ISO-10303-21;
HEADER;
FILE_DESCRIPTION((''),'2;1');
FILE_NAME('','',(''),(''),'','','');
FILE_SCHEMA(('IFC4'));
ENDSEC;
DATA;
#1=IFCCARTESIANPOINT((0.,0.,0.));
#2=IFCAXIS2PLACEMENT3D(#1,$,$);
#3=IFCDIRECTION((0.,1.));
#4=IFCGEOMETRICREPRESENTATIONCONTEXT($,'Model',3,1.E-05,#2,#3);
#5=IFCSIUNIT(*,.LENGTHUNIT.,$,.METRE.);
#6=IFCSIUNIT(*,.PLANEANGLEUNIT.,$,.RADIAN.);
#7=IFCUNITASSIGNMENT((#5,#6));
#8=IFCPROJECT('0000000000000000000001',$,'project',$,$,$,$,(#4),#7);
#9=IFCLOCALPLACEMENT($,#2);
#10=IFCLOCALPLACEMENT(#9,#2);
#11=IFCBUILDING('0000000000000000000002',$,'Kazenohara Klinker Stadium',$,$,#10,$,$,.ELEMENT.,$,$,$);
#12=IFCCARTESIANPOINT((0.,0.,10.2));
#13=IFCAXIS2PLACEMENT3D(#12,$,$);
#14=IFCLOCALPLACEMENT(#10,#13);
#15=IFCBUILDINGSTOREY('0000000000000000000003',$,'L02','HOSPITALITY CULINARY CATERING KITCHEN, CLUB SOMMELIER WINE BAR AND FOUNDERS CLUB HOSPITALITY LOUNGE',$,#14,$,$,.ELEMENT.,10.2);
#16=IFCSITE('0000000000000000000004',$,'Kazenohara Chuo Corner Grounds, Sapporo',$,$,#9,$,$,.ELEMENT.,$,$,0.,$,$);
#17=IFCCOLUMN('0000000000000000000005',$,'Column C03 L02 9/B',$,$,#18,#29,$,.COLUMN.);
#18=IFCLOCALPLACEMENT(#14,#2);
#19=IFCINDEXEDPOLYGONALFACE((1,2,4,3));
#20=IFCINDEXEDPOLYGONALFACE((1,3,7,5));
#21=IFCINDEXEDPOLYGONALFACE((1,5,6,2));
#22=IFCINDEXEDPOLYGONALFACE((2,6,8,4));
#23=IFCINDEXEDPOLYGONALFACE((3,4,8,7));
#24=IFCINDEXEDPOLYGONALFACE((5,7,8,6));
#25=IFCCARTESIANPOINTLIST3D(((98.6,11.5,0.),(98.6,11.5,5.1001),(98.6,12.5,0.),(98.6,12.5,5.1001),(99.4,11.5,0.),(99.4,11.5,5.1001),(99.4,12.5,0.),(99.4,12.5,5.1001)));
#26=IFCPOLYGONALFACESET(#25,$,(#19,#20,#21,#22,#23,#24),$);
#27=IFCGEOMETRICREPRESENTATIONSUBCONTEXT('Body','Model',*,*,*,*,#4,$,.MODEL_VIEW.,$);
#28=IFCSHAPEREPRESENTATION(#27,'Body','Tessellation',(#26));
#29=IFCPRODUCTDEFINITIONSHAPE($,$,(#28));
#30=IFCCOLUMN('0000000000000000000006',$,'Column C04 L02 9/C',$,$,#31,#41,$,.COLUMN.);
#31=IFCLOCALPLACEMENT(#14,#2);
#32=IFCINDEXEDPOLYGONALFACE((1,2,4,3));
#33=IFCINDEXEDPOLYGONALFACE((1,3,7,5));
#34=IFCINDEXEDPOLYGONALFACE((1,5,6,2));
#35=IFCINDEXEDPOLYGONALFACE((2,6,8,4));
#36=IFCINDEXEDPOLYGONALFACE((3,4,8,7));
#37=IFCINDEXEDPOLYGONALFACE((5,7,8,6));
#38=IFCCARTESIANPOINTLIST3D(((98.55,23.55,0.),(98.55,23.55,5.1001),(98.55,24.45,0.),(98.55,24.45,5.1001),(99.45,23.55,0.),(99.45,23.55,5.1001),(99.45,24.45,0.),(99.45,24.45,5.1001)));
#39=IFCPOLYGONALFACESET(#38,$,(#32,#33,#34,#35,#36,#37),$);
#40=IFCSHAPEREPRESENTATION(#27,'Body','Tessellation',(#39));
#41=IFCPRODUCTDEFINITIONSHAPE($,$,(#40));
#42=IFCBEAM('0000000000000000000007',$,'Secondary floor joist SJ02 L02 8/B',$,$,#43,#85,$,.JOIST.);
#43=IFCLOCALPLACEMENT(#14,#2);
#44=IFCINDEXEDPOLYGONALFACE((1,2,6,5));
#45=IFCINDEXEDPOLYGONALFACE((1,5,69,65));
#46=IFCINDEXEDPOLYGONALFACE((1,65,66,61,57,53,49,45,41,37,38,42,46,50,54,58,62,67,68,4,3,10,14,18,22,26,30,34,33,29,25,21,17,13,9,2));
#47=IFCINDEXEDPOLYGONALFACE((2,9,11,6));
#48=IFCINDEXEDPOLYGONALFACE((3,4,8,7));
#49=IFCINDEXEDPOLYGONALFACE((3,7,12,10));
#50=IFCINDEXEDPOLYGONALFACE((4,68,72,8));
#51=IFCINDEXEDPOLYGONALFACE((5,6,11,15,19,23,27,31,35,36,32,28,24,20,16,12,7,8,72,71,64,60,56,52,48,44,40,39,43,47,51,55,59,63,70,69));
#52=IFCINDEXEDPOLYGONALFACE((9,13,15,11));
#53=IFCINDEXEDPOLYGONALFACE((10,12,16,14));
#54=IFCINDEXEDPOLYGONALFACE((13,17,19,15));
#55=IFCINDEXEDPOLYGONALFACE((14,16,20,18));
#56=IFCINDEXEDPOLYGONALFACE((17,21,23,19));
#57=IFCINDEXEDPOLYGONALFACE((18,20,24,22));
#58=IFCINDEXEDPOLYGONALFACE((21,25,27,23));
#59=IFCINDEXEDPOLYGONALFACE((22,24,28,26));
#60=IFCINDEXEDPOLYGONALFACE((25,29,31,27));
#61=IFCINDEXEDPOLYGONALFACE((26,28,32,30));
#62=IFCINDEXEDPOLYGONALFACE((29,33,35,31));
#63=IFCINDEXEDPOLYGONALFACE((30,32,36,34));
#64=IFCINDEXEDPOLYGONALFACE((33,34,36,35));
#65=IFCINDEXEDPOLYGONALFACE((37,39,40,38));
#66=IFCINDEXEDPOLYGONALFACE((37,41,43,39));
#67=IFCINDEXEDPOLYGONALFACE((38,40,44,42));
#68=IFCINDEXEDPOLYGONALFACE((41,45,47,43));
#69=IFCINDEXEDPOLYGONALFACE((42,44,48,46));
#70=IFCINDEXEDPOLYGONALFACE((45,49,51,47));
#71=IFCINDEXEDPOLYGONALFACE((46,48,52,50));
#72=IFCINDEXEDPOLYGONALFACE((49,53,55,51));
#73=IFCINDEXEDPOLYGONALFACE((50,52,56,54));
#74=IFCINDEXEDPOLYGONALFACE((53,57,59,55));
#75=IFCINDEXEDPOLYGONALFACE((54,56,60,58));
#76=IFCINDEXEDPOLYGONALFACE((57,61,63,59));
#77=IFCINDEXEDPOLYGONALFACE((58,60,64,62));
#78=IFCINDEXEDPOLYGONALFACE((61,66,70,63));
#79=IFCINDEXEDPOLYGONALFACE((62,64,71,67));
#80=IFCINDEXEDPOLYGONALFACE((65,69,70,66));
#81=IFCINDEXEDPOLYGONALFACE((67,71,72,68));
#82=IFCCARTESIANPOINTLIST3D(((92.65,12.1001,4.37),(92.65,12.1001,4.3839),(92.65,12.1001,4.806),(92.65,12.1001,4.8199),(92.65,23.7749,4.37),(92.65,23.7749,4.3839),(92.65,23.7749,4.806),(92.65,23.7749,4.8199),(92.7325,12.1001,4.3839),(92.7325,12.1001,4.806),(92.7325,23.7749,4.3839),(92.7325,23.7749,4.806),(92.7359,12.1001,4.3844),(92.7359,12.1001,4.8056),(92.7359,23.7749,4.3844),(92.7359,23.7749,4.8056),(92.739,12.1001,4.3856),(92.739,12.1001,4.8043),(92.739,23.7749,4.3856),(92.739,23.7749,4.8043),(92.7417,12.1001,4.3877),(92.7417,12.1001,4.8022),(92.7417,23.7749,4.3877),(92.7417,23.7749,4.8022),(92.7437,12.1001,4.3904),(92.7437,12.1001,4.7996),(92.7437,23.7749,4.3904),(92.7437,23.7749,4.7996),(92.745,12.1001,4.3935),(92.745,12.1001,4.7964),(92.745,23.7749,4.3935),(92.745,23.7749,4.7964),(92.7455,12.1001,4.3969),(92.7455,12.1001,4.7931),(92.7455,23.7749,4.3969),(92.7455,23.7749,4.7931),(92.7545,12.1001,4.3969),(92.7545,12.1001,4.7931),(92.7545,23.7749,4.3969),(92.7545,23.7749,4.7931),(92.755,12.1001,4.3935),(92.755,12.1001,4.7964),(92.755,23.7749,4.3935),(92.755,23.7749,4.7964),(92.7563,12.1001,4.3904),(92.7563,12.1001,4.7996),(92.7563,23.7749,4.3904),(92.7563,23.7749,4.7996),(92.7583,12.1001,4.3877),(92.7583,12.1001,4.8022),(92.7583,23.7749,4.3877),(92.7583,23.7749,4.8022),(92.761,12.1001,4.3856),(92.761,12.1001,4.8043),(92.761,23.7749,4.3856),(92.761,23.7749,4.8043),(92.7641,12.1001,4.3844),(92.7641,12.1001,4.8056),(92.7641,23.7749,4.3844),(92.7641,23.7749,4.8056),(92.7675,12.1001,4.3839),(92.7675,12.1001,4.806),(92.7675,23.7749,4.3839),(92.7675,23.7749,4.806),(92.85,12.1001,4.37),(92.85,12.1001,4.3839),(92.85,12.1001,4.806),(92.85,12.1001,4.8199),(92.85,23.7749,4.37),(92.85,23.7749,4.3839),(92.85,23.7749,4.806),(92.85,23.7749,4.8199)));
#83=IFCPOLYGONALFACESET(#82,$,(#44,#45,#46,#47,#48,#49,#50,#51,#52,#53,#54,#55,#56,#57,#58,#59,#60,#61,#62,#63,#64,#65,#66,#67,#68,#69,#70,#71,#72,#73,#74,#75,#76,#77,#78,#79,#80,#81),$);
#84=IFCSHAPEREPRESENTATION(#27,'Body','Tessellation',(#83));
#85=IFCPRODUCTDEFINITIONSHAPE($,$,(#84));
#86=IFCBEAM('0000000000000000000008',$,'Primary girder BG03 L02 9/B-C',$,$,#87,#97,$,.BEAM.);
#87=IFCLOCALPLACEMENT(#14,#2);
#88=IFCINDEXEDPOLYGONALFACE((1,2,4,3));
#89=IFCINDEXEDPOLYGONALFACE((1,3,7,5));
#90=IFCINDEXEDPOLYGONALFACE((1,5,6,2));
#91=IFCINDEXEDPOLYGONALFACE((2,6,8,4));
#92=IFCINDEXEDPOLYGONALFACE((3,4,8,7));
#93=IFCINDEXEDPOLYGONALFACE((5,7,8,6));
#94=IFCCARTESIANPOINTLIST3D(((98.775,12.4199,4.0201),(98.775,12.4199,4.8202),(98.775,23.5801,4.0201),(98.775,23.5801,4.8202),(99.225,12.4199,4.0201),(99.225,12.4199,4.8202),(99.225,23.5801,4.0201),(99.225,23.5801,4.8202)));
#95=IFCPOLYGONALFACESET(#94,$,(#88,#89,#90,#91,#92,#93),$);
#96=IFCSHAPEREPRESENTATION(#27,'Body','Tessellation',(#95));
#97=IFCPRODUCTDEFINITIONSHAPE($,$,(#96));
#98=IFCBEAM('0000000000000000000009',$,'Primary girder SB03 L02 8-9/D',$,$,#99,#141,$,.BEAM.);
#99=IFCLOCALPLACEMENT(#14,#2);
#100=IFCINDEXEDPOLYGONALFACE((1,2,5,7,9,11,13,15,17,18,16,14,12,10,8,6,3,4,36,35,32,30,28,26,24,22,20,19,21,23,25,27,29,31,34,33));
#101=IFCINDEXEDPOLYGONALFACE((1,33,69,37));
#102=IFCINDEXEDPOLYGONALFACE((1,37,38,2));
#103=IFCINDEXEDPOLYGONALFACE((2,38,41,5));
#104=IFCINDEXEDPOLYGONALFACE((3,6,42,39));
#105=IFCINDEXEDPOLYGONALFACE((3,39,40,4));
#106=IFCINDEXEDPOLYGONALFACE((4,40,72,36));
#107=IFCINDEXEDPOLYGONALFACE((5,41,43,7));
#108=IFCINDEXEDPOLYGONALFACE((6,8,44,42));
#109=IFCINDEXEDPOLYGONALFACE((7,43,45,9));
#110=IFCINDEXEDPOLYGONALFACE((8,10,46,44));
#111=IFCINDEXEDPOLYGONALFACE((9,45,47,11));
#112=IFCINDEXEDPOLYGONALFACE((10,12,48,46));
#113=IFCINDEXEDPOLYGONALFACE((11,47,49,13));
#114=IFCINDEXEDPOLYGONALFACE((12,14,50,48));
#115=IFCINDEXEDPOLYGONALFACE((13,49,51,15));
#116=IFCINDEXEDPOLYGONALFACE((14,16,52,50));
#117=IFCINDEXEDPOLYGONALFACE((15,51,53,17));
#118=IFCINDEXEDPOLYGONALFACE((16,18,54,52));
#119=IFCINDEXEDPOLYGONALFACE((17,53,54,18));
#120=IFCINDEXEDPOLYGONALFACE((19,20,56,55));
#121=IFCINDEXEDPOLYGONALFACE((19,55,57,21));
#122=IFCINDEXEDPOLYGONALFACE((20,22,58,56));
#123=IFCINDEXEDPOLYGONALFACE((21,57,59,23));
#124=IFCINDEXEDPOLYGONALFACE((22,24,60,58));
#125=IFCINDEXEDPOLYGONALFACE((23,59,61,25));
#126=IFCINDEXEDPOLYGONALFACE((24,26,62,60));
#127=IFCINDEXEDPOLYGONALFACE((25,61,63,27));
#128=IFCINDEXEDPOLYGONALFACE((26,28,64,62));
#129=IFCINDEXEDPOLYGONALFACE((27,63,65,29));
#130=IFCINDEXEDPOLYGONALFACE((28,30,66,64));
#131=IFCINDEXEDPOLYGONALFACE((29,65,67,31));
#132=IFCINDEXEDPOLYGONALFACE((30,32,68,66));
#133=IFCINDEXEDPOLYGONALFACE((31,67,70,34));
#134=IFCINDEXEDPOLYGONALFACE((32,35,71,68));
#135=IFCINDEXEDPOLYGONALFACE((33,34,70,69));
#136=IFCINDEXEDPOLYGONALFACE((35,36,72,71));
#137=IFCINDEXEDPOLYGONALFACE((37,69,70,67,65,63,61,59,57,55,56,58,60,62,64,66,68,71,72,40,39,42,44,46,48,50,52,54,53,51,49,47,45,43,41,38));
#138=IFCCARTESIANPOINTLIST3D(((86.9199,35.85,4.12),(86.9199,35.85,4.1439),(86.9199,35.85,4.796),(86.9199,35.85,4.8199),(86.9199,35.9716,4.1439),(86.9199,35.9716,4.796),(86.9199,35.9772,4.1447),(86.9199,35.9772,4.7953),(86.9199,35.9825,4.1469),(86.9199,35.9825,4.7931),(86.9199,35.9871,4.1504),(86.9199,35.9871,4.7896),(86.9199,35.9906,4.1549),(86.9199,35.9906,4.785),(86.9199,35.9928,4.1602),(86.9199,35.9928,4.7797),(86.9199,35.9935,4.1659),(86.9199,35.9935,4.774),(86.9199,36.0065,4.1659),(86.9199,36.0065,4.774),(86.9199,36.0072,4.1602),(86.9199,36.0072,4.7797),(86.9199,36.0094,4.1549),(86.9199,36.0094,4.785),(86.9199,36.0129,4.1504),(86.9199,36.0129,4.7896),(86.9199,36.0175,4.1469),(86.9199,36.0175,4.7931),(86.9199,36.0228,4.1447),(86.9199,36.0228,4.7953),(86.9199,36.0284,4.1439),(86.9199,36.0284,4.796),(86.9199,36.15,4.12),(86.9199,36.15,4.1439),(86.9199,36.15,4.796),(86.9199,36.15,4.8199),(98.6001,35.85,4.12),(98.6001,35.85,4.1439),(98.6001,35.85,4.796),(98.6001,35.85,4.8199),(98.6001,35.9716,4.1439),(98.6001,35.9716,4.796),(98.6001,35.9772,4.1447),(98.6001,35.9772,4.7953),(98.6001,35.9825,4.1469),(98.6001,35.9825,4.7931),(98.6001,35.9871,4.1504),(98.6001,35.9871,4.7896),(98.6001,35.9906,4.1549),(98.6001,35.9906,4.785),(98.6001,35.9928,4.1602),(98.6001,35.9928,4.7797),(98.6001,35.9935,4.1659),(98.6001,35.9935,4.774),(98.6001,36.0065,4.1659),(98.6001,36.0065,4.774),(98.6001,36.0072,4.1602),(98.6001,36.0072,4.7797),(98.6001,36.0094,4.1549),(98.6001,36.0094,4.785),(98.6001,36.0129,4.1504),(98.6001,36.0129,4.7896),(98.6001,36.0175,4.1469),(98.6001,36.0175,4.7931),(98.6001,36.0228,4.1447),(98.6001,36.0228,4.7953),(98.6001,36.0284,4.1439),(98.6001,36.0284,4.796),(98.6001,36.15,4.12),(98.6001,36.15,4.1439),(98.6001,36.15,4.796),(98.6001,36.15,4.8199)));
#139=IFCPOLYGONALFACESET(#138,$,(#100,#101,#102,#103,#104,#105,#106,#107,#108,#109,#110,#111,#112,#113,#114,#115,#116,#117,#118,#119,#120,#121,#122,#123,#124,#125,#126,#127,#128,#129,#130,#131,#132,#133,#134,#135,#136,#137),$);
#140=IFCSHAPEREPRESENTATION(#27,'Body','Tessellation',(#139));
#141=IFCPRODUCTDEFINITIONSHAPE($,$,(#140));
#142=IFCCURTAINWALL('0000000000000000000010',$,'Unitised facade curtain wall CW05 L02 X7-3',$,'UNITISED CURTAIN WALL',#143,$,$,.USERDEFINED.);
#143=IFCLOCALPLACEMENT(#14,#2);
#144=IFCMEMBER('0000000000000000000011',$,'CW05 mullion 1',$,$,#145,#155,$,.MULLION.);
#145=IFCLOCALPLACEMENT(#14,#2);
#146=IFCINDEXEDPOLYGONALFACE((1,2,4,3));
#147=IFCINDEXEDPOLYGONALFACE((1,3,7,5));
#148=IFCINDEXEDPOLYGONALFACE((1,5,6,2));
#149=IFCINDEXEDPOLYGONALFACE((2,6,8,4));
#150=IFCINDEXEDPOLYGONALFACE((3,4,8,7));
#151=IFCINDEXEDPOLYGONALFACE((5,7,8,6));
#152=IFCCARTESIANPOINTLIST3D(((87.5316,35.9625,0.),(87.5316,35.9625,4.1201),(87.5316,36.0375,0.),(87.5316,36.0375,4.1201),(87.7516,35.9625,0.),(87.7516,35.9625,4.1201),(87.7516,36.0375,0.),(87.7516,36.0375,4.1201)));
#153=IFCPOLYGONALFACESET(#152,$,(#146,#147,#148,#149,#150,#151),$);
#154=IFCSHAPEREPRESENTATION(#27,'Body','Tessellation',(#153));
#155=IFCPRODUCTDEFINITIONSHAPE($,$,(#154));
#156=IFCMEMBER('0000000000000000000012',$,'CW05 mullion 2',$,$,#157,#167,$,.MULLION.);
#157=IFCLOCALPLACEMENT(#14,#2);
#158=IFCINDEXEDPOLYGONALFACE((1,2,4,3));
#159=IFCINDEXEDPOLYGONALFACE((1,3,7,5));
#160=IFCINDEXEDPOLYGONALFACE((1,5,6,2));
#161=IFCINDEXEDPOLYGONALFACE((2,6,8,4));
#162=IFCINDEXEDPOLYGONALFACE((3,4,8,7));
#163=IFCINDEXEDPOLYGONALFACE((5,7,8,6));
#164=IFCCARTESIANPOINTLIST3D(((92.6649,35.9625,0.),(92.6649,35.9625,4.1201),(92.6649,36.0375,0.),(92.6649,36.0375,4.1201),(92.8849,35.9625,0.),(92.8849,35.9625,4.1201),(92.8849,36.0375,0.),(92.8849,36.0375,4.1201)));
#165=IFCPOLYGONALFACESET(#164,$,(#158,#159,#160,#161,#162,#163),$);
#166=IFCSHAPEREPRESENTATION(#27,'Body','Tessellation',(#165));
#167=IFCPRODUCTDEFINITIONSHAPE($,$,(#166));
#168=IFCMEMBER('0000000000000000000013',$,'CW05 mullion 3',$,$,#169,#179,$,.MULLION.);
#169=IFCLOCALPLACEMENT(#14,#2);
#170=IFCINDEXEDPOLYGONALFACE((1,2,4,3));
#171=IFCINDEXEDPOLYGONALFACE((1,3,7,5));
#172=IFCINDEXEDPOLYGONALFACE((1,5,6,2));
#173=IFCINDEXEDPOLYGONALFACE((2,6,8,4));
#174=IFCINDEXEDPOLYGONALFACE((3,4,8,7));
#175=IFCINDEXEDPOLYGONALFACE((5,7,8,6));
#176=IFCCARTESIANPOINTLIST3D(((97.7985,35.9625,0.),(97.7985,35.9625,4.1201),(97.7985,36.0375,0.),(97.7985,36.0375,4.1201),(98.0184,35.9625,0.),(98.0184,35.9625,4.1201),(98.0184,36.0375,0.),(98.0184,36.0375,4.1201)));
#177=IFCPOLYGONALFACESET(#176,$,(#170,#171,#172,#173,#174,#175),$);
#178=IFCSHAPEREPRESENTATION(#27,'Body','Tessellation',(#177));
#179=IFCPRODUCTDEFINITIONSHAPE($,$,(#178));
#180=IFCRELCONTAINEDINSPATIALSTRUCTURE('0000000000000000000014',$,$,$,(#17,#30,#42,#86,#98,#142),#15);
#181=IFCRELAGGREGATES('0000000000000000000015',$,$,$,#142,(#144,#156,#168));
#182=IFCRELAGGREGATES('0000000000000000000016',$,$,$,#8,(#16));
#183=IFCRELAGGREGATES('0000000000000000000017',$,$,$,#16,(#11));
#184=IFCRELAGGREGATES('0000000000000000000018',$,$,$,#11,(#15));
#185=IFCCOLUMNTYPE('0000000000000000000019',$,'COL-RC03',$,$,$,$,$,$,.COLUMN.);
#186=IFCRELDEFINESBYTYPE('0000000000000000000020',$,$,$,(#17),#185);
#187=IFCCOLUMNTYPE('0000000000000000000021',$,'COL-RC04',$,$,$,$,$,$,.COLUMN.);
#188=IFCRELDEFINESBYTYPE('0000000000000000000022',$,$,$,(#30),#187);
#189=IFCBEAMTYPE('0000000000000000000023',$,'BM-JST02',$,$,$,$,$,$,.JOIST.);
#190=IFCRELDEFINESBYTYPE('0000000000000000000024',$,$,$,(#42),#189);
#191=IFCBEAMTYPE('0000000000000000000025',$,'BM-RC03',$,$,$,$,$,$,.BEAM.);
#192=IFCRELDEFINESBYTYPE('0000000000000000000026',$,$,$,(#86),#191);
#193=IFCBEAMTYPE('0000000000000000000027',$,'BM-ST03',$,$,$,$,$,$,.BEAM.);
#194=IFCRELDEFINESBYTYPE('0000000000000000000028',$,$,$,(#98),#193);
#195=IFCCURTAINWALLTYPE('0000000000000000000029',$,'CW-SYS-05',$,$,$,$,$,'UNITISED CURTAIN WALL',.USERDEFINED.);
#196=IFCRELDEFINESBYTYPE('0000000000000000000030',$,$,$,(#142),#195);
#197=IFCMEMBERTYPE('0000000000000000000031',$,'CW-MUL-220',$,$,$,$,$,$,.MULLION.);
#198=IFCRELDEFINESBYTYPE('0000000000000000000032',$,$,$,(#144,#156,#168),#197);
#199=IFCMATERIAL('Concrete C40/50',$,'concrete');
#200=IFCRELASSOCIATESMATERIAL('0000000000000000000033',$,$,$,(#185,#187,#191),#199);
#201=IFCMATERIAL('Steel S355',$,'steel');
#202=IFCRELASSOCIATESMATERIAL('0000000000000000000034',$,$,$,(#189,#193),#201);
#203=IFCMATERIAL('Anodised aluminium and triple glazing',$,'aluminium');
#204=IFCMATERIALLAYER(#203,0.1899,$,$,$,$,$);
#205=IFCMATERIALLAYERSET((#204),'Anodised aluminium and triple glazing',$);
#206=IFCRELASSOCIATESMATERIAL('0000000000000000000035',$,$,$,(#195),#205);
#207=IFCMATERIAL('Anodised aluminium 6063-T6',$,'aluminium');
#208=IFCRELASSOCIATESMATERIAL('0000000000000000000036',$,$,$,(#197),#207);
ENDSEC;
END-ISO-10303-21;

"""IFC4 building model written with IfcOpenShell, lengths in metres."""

from ifc_helpers import new_model, si_unit, direction, frame, origin, origin_2d, place, context, subcontext, project, spatial, rectangle, i_section, extrude, material, layer, layer_set, material_profile, profile_set, type_object, element, aggregate, save


model = new_model("IFC4")

# Units and contexts
model_context = context("Model", 3, precision=1e-05, world=origin(), true_north=direction((0.0, 1.0)))
body_context = subcontext(model_context, "Body", "Model", "MODEL_VIEW")
ifc_project = project(units=[si_unit("LENGTHUNIT", "METRE"), si_unit("PLANEANGLEUNIT", "RADIAN")], contexts=[model_context])

# Site, building, storey
site_placement = place(None, origin())
site = spatial("IfcSite", under=ifc_project, at=site_placement, Name="Kazenohara Chuo Corner Grounds, Sapporo", CompositionType="ELEMENT", RefElevation=0.0)
building_placement = place(site_placement, origin())
building = spatial("IfcBuilding", under=site, at=building_placement, Name="Kazenohara Klinker Stadium", CompositionType="ELEMENT")
storey_placement = place(building_placement, frame((0.0, 0.0, 10.2)))
storey = spatial("IfcBuildingStorey", under=building, at=storey_placement, Name="L02", Description="HOSPITALITY CULINARY CATERING KITCHEN, CLUB SOMMELIER WINE BAR AND FOUNDERS CLUB HOSPITALITY LOUNGE", CompositionType="ELEMENT", Elevation=10.2)

# Columns
ifc_material_1 = material(Name="Concrete C40/50", Category="concrete")
ifc_material_profile_1 = material_profile(ifc_material_1, rectangle(XDim=0.8, YDim=1.0, at=origin_2d()), Name="RC-COL-1000x800")
ifc_profile_set_1 = profile_set([ifc_material_profile_1], Name="Concrete C40/50")
column_type_1 = type_object("IfcColumnType", Name="COL-RC03", PredefinedType="COLUMN", material=ifc_profile_set_1)
column_1_placement = place(storey_placement, frame((99.0, 12.0, 0.0), z_axis=(0.0, 0.0, 1.0), x_axis=(1.0, 0.0, 0.0)))
element("IfcColumn", 1, at=column_1_placement, inside=storey, type_object=column_type_1, Name="Column C03 L02 9/B", PredefinedType="COLUMN", context=body_context, shape_type="SweptSolid", body=[
    extrude(rectangle(XDim=0.8, YDim=1.0, at=origin_2d()), origin(), (0.0, 0.0, 1.0), 5.1001),
])
ifc_material_profile_2 = material_profile(ifc_material_1, rectangle(XDim=0.8999, YDim=0.8999, at=origin_2d()), Name="RC-COL-900x900")
ifc_profile_set_2 = profile_set([ifc_material_profile_2], Name="Concrete C40/50")
column_type_2 = type_object("IfcColumnType", Name="COL-RC04", PredefinedType="COLUMN", material=ifc_profile_set_2)
column_2_placement = place(storey_placement, frame((99.0, 24.0, 0.0), z_axis=(0.0, 0.0, 1.0), x_axis=(1.0, 0.0, 0.0)))
element("IfcColumn", 2, at=column_2_placement, inside=storey, type_object=column_type_2, Name="Column C04 L02 9/C", PredefinedType="COLUMN", context=body_context, shape_type="SweptSolid", body=[
    extrude(rectangle(XDim=0.8999, YDim=0.8999, at=origin_2d()), origin(), (0.0, 0.0, 1.0), 5.1001),
])

# Beams
ifc_material_2 = material(Name="Steel S355", Category="steel")
ifc_material_profile_3 = material_profile(ifc_material_2, i_section(OverallWidth=0.2, OverallDepth=0.45, WebThickness=0.009, FlangeThickness=0.0139, FilletRadius=0.0129, at=origin_2d()), Name="H-450x200x9x14")
ifc_profile_set_3 = profile_set([ifc_material_profile_3], Name="Steel S355")
beam_type_1 = type_object("IfcBeamType", Name="BM-JST02", PredefinedType="JOIST", material=ifc_profile_set_3)
beam_1_placement = place(storey_placement, frame((92.75, 12.1001, 4.595), z_axis=(0.0, 1.0, 0.0), x_axis=(-1.0, 0.0, 0.0)))
element("IfcBeam", 3, at=beam_1_placement, inside=storey, type_object=beam_type_1, Name="Secondary floor joist SJ02 L02 8/B", PredefinedType="JOIST", context=body_context, shape_type="SweptSolid", body=[
    extrude(i_section(OverallWidth=0.2, OverallDepth=0.45, WebThickness=0.009, FlangeThickness=0.0139, FilletRadius=0.0129, at=origin_2d()), origin(), (0.0, 0.0, 1.0), 11.6748),
])
ifc_material_profile_4 = material_profile(ifc_material_1, rectangle(XDim=0.45, YDim=0.8, at=origin_2d()), Name="RC-BM-450x800")
ifc_profile_set_4 = profile_set([ifc_material_profile_4], Name="Concrete C40/50")
beam_type_2 = type_object("IfcBeamType", Name="BM-RC03", PredefinedType="BEAM", material=ifc_profile_set_4)
beam_2_placement = place(storey_placement, frame((99.0, 12.4199, 4.4202), z_axis=(0.0, 1.0, 0.0), x_axis=(-1.0, 0.0, 0.0)))
element("IfcBeam", 4, at=beam_2_placement, inside=storey, type_object=beam_type_2, Name="Primary girder BG03 L02 9/B-C", PredefinedType="BEAM", context=body_context, shape_type="SweptSolid", body=[
    extrude(rectangle(XDim=0.45, YDim=0.8, at=origin_2d()), origin(), (0.0, 0.0, 1.0), 11.1602),
])
ifc_material_profile_5 = material_profile(ifc_material_2, i_section(OverallWidth=0.3, OverallDepth=0.7, WebThickness=0.0129, FlangeThickness=0.0239, FilletRadius=0.022, at=origin_2d()), Name="H-700x300x13x24")
ifc_profile_set_5 = profile_set([ifc_material_profile_5], Name="Steel S355")
beam_type_3 = type_object("IfcBeamType", Name="BM-ST03", PredefinedType="BEAM", material=ifc_profile_set_5)
beam_3_placement = place(storey_placement, frame((86.9199, 36.0, 4.47), z_axis=(1.0, 0.0, 0.0), x_axis=(0.0, 1.0, 0.0)))
element("IfcBeam", 5, at=beam_3_placement, inside=storey, type_object=beam_type_3, Name="Primary girder SB03 L02 8-9/D", PredefinedType="BEAM", context=body_context, shape_type="SweptSolid", body=[
    extrude(i_section(OverallWidth=0.3, OverallDepth=0.7, WebThickness=0.0129, FlangeThickness=0.0239, FilletRadius=0.022, at=origin_2d()), origin(), (0.0, 0.0, 1.0), 11.6802),
])

# Curtain wall, members
ifc_material_3 = material(Name="Anodised aluminium and triple glazing", Category="aluminium")
ifc_layer_1 = layer(ifc_material_3, 0.1899)
ifc_layer_set_1 = layer_set([ifc_layer_1], Name="Anodised aluminium and triple glazing")
curtain_wall_type = type_object("IfcCurtainWallType", Name="CW-SYS-05", ElementType="UNITISED CURTAIN WALL", PredefinedType="USERDEFINED", material=ifc_layer_set_1)
curtain_wall_placement = place(storey_placement, origin())
curtain_wall = element("IfcCurtainWall", 6, at=curtain_wall_placement, inside=storey, type_object=curtain_wall_type, Name="Unitised facade curtain wall CW05 L02 X7-3", ObjectType="UNITISED CURTAIN WALL", PredefinedType="USERDEFINED")
ifc_material_4 = material(Name="Anodised aluminium 6063-T6", Category="aluminium")
ifc_material_profile_6 = material_profile(ifc_material_4, rectangle(XDim=0.075, YDim=0.22, at=origin_2d()), Name="ALU-MUL-75x220")
ifc_profile_set_6 = profile_set([ifc_material_profile_6], Name="Anodised aluminium 6063-T6")
member_type_1 = type_object("IfcMemberType", Name="CW-MUL-220", PredefinedType="MULLION", material=ifc_profile_set_6)
member_1_placement = place(storey_placement, frame((87.6416, 36.0, 0.0), z_axis=(0.0, 0.0, 1.0), x_axis=(0.0, 1.0, 0.0)))
member_1 = element("IfcMember", 7, at=member_1_placement, type_object=member_type_1, Name="CW05 mullion 1", PredefinedType="MULLION", context=body_context, shape_type="SweptSolid", body=[
    extrude(rectangle(XDim=0.075, YDim=0.22, at=origin_2d()), origin(), (0.0, 0.0, 1.0), 4.1201),
])
member_2_placement = place(storey_placement, frame((92.7749, 36.0, 0.0), z_axis=(0.0, 0.0, 1.0), x_axis=(0.0, 1.0, 0.0)))
member_2 = element("IfcMember", 8, at=member_2_placement, type_object=member_type_1, Name="CW05 mullion 2", PredefinedType="MULLION", context=body_context, shape_type="SweptSolid", body=[
    extrude(rectangle(XDim=0.075, YDim=0.22, at=origin_2d()), origin(), (0.0, 0.0, 1.0), 4.1201),
])
member_3_placement = place(storey_placement, frame((97.9084, 36.0, 0.0), z_axis=(0.0, 0.0, 1.0), x_axis=(0.0, 1.0, 0.0)))
member_3 = element("IfcMember", 9, at=member_3_placement, type_object=member_type_1, Name="CW05 mullion 3", PredefinedType="MULLION", context=body_context, shape_type="SweptSolid", body=[
    extrude(rectangle(XDim=0.075, YDim=0.22, at=origin_2d()), origin(), (0.0, 0.0, 1.0), 4.1201),
])
aggregate(curtain_wall, [member_1, member_2, member_3])

save(model, "model.ifc")
